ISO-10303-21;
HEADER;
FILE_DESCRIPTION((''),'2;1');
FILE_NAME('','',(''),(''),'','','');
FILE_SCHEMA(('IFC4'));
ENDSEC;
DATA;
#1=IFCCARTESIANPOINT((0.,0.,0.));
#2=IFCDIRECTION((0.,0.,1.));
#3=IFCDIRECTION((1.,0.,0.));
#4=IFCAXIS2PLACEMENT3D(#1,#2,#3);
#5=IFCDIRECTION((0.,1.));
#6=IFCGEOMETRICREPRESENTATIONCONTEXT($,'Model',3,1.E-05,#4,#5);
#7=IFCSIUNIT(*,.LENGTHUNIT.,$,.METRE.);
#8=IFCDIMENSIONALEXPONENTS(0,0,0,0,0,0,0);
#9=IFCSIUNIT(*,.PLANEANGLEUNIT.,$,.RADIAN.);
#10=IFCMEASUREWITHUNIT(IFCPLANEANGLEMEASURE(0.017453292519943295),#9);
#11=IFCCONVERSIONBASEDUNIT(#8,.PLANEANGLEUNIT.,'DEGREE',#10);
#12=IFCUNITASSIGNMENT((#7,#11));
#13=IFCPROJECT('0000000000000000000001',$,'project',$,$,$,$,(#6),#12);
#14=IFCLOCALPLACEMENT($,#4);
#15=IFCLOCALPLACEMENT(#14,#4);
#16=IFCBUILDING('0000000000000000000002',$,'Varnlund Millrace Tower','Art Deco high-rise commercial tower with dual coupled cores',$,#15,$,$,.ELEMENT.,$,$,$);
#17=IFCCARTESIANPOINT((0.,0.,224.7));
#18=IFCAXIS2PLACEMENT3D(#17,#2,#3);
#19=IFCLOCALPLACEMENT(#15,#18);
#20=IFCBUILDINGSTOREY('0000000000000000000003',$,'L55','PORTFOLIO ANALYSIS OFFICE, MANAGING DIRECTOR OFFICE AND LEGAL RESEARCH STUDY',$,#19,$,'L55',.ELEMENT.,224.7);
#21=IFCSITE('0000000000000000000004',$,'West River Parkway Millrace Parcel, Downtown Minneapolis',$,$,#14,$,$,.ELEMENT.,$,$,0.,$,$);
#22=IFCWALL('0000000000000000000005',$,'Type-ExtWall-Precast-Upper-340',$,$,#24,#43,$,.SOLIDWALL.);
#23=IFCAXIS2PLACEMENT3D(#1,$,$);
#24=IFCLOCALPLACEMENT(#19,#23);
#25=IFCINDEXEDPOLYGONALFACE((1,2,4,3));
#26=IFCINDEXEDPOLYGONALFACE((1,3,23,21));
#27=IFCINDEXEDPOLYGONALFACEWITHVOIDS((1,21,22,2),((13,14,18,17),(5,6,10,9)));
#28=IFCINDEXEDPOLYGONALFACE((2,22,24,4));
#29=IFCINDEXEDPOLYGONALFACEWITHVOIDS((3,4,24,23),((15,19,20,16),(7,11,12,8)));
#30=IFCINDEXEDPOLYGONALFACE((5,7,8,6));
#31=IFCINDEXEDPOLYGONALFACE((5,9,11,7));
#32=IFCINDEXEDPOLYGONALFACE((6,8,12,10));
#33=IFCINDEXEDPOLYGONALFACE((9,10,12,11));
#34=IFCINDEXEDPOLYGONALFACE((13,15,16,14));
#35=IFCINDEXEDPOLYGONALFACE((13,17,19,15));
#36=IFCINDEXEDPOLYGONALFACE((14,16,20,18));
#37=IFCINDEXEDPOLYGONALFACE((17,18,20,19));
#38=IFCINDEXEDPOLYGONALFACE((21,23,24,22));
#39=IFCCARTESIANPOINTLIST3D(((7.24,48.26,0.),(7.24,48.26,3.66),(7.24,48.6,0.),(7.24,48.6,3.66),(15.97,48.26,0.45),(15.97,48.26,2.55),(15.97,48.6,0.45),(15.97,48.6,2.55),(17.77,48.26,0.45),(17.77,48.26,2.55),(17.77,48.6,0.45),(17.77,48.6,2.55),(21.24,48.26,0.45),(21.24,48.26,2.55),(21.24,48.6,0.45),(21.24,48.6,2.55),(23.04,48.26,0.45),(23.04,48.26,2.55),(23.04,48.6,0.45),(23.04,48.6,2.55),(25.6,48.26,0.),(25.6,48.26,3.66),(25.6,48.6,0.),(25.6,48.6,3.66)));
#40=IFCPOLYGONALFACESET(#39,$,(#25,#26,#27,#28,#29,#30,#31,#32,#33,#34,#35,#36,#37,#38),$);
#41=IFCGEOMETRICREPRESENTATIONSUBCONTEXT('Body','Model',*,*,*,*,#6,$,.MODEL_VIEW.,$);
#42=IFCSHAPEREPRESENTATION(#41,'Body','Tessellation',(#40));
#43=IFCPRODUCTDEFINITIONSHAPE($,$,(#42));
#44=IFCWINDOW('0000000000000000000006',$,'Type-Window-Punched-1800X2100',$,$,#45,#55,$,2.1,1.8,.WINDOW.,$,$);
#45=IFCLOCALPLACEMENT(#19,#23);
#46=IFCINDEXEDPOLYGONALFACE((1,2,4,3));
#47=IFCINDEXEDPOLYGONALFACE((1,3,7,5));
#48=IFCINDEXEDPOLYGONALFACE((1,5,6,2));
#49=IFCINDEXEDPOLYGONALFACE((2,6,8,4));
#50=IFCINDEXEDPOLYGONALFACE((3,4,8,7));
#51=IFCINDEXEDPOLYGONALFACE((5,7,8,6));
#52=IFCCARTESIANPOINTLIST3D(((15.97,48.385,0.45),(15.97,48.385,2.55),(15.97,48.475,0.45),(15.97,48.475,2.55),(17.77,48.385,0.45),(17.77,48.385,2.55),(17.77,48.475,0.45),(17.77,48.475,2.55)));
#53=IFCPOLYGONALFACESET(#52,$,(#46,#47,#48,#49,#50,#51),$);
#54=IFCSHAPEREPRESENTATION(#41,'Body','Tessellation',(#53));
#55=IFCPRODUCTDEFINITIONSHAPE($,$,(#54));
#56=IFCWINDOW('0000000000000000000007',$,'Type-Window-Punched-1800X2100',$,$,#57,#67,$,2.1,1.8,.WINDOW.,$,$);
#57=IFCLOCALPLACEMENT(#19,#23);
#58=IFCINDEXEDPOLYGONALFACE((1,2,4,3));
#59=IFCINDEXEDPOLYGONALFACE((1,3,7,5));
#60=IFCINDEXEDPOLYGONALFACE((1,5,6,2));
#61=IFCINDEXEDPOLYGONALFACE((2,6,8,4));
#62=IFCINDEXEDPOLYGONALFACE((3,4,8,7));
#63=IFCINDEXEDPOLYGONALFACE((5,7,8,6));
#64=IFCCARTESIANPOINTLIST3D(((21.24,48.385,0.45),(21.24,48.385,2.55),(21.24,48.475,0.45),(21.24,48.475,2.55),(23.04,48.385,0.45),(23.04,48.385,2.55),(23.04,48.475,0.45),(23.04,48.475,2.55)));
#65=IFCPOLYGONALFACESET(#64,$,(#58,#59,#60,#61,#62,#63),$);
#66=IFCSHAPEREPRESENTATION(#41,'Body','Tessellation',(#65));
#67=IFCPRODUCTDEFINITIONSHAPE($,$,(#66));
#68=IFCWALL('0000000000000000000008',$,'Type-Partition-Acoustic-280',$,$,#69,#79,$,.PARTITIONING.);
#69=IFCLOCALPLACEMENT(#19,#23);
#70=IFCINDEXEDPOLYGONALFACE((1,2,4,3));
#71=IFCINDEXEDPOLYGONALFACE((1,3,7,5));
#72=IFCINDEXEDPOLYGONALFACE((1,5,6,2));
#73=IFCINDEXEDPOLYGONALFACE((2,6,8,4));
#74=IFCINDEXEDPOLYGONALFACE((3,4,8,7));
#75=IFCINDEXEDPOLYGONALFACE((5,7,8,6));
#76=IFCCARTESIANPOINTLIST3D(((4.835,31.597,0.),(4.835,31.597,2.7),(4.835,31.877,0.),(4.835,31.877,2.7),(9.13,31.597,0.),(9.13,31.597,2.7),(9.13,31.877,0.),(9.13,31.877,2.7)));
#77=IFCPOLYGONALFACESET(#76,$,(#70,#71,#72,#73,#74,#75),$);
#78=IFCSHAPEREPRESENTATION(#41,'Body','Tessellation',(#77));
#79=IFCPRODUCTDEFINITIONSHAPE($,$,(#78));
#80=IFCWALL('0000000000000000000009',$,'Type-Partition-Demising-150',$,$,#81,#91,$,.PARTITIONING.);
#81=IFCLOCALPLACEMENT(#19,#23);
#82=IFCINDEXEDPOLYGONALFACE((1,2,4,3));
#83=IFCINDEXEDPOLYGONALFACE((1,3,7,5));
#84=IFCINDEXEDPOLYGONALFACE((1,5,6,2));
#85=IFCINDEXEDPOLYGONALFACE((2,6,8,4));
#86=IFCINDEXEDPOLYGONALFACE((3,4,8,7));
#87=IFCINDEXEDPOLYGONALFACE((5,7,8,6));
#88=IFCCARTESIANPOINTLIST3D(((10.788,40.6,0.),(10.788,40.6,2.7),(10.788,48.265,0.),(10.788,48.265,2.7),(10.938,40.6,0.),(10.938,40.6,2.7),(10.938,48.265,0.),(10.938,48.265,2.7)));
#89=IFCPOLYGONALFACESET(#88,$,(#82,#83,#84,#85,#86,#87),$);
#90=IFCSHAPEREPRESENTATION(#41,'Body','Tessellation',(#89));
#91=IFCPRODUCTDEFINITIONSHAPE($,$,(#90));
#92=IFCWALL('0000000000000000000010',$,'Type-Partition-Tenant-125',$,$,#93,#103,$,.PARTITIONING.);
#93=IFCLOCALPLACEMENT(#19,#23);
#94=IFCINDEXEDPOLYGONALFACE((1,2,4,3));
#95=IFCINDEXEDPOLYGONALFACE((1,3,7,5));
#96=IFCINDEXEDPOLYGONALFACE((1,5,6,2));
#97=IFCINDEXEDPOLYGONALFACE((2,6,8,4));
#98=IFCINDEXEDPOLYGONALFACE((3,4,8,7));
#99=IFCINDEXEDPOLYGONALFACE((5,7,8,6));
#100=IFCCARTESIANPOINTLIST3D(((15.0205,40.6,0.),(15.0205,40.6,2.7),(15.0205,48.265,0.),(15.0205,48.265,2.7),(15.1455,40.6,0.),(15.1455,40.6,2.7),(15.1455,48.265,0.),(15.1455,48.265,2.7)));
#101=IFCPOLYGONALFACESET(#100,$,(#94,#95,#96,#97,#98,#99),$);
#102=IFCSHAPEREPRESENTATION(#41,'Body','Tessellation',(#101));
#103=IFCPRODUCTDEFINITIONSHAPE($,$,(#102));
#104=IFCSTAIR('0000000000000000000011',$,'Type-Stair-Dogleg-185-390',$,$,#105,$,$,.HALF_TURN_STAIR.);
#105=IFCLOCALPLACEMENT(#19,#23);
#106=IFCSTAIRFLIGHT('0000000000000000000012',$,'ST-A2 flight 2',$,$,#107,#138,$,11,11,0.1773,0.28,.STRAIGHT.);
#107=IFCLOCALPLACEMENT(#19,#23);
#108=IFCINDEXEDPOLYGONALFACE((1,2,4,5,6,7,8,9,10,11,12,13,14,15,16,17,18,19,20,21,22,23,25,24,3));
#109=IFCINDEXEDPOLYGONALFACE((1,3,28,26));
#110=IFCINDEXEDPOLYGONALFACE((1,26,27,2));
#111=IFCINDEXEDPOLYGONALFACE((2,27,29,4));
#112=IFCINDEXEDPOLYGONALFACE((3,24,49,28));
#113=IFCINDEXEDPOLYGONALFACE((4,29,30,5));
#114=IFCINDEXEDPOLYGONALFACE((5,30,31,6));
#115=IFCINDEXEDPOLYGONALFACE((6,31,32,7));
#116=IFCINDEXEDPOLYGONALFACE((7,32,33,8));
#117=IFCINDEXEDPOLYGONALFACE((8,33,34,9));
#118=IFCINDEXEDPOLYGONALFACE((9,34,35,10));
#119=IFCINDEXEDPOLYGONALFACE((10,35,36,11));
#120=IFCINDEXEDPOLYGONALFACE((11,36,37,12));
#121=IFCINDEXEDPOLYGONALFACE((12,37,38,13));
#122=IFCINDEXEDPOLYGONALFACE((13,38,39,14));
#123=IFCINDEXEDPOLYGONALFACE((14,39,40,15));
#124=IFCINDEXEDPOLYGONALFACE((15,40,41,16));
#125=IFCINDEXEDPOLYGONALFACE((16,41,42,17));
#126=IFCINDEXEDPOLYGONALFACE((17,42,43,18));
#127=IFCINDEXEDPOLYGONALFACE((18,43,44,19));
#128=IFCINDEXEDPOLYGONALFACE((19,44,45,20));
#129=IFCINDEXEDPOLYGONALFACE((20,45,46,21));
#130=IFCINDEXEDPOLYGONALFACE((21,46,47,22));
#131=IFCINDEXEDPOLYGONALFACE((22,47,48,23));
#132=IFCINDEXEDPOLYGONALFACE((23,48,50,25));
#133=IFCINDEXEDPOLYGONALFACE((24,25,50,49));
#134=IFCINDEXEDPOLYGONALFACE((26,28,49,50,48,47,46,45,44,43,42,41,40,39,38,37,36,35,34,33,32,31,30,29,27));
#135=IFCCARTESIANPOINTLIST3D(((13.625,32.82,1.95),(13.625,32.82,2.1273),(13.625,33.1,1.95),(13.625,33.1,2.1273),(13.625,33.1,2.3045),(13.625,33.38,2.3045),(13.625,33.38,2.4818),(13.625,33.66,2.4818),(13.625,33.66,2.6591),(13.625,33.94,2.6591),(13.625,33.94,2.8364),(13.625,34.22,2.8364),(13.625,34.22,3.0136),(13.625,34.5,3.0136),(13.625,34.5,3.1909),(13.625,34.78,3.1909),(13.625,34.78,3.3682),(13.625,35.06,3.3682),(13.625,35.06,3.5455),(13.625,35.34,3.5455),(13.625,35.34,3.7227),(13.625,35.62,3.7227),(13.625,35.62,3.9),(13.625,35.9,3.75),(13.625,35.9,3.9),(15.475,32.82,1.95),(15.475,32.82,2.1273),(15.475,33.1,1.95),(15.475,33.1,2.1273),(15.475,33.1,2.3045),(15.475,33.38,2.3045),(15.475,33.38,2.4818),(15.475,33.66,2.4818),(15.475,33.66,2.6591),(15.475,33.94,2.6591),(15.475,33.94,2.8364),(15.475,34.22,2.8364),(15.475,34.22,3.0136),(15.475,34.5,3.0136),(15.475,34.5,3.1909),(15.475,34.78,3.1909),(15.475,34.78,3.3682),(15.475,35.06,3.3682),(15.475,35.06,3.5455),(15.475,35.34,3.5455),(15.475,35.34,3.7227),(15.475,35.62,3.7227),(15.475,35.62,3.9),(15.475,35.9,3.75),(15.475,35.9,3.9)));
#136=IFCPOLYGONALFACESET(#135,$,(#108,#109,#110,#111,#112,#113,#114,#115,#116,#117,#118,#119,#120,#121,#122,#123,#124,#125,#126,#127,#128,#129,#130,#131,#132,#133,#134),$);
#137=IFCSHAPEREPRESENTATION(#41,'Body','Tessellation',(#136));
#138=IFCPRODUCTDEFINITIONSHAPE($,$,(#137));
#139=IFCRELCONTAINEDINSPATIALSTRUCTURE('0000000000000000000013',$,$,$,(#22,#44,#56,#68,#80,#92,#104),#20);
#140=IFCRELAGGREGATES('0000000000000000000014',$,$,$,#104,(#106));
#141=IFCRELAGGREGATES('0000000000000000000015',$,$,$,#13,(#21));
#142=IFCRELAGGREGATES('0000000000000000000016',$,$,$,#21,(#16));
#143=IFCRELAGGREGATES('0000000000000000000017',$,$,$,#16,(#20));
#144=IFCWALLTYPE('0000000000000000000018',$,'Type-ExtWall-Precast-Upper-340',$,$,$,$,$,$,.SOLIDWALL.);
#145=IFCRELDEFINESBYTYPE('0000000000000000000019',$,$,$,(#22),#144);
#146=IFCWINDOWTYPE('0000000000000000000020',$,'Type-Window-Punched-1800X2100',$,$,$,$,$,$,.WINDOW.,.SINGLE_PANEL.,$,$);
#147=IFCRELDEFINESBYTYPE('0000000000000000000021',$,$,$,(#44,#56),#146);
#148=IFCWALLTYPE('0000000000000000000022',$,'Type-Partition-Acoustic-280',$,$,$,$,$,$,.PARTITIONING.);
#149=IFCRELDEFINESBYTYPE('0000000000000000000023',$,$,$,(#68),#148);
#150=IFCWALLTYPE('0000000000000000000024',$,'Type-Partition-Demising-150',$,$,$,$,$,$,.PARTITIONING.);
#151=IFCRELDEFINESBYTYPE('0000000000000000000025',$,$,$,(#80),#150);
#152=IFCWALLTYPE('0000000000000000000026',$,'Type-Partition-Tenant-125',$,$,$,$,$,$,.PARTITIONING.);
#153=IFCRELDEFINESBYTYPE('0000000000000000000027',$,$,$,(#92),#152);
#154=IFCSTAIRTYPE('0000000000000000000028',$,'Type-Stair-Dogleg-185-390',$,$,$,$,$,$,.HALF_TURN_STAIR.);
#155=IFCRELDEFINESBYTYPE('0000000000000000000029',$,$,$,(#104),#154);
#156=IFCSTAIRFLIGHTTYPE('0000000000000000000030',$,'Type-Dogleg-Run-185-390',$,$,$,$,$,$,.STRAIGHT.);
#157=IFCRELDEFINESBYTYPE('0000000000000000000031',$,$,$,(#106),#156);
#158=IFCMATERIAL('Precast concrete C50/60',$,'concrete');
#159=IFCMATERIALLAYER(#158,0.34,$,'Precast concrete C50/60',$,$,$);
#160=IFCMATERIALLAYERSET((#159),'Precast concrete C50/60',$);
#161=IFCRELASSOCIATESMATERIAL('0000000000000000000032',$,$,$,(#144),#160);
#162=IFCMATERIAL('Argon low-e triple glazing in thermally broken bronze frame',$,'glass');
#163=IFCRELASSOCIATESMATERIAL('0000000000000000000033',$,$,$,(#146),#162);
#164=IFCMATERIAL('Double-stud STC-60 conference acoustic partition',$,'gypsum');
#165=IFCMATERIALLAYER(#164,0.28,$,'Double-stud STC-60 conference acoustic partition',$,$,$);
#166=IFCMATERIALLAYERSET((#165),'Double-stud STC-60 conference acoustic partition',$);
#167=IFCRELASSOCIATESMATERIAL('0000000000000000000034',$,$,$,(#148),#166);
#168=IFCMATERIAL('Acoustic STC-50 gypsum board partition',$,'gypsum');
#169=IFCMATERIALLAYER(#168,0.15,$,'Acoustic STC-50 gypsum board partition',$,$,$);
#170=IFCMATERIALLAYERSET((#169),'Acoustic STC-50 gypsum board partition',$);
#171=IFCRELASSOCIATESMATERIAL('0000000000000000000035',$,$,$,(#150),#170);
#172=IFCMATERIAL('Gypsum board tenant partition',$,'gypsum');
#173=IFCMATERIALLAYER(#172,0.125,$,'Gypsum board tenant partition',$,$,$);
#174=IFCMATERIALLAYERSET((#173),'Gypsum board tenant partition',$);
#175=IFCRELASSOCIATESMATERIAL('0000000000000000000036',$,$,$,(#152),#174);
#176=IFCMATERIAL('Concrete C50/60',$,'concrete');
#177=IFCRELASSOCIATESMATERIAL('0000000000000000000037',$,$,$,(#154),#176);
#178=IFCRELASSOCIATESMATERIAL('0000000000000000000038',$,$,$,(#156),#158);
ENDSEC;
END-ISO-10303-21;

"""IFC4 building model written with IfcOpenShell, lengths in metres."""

from ifc_helpers import new_model, entity, si_unit, converted_unit, direction, frame, origin_with_axes, origin_2d_with_axis, place, context, subcontext, project, spatial, polyline, rectangle, outline, extrude, material, layer, layer_set, type_object, element, fill, aggregate, save


model = new_model("IFC4")

# Units and contexts
model_context = context("Model", 3, precision=1e-05, world=origin_with_axes(), true_north=direction((0.0, 1.0)))
body_context = subcontext(model_context, "Body", "Model", "MODEL_VIEW")
ifc_project = project(units=[si_unit("LENGTHUNIT", "METRE"), converted_unit("PLANEANGLEUNIT", "DEGREE", entity("IfcPlaneAngleMeasure", 0.017453292519943295), si_unit("PLANEANGLEUNIT", "RADIAN"), dimensions=[0, 0, 0, 0, 0, 0, 0])], contexts=[model_context])

# Site, building, storey
site_placement = place(None, origin_with_axes())
site = spatial("IfcSite", under=ifc_project, at=site_placement, Name="West River Parkway Millrace Parcel, Downtown Minneapolis", CompositionType="ELEMENT", RefElevation=0.0)
building_placement = place(site_placement, origin_with_axes())
building = spatial("IfcBuilding", under=site, at=building_placement, Name="Varnlund Millrace Tower", Description="Art Deco high-rise commercial tower with dual coupled cores", CompositionType="ELEMENT")
storey_placement = place(building_placement, frame((0.0, 0.0, 224.7), z_axis=(0.0, 0.0, 1.0), x_axis=(1.0, 0.0, 0.0)))
storey = spatial("IfcBuildingStorey", under=building, at=storey_placement, Name="L55", Description="PORTFOLIO ANALYSIS OFFICE, MANAGING DIRECTOR OFFICE AND LEGAL RESEARCH STUDY", LongName="L55", CompositionType="ELEMENT", Elevation=224.7)

# Shared definitions
ifc_material_1 = material(Name="Precast concrete C50/60", Category="concrete")
ifc_layer_1 = layer(ifc_material_1, 0.34, Name="Precast concrete C50/60")
ifc_layer_set_1 = layer_set([ifc_layer_1], Name="Precast concrete C50/60")
wall_type_1 = type_object("IfcWallType", Name="Type-ExtWall-Precast-Upper-340", PredefinedType="SOLIDWALL", material=ifc_layer_set_1)

# Wall, openings, windows
wall_1_placement = place(storey_placement, frame((7.24, 48.43, 0.0), z_axis=(0.0, 0.0, 1.0), x_axis=(1.0, 0.0, 0.0)))
wall_1 = element("IfcWall", 1, at=wall_1_placement, inside=storey, type_object=wall_type_1, Name="Type-ExtWall-Precast-Upper-340", PredefinedType="SOLIDWALL", context=body_context, shape_type="SweptSolid", body=[
    extrude(outline(polyline([(0.0, -0.17), (18.36, -0.17), (18.36, 0.17), (0.0, 0.17), (0.0, -0.17)])), origin_with_axes(), (0.0, 0.0, 1.0), 3.66),
])
opening_1_placement = place(wall_1_placement, frame((9.63, 0.0, 0.45), z_axis=(0.0, 0.0, 1.0), x_axis=(1.0, 0.0, 0.0)))
opening_1 = element("IfcOpeningElement", 2, at=opening_1_placement, cuts=wall_1, PredefinedType="OPENING", context=body_context, shape_type="SweptSolid", body=[
    extrude(rectangle(XDim=1.8, YDim=0.36, at=origin_2d_with_axis()), origin_with_axes(), (0.0, 0.0, 1.0), 2.1),
])
opening_2_placement = place(wall_1_placement, frame((14.9, 0.0, 0.45), z_axis=(0.0, 0.0, 1.0), x_axis=(1.0, 0.0, 0.0)))
opening_2 = element("IfcOpeningElement", 3, at=opening_2_placement, cuts=wall_1, PredefinedType="OPENING", context=body_context, shape_type="SweptSolid", body=[
    extrude(rectangle(XDim=1.8, YDim=0.36, at=origin_2d_with_axis()), origin_with_axes(), (0.0, 0.0, 1.0), 2.1),
])
ifc_material_2 = material(Name="Argon low-e triple glazing in thermally broken bronze frame", Category="glass")
window_type = type_object("IfcWindowType", Name="Type-Window-Punched-1800X2100", PartitioningType="SINGLE_PANEL", PredefinedType="WINDOW", material=ifc_material_2)
window_1_placement = place(wall_1_placement, frame((9.63, 0.0, 0.45), z_axis=(0.0, 0.0, 1.0), x_axis=(1.0, 0.0, 0.0)))
window_1 = element("IfcWindow", 4, at=window_1_placement, inside=storey, type_object=window_type, Name="Type-Window-Punched-1800X2100", OverallHeight=2.1, OverallWidth=1.8, PredefinedType="WINDOW", context=body_context, shape_type="SweptSolid", body=[
    extrude(rectangle(XDim=1.8, YDim=0.09, at=origin_2d_with_axis()), origin_with_axes(), (0.0, 0.0, 1.0), 2.1),
])
fill(opening_1, window_1)
window_2_placement = place(wall_1_placement, frame((14.9, 0.0, 0.45), z_axis=(0.0, 0.0, 1.0), x_axis=(1.0, 0.0, 0.0)))
window_2 = element("IfcWindow", 5, at=window_2_placement, inside=storey, type_object=window_type, Name="Type-Window-Punched-1800X2100", OverallHeight=2.1, OverallWidth=1.8, PredefinedType="WINDOW", context=body_context, shape_type="SweptSolid", body=[
    extrude(rectangle(XDim=1.8, YDim=0.09, at=origin_2d_with_axis()), origin_with_axes(), (0.0, 0.0, 1.0), 2.1),
])
fill(opening_2, window_2)

# Walls
ifc_material_3 = material(Name="Double-stud STC-60 conference acoustic partition", Category="gypsum")
ifc_layer_2 = layer(ifc_material_3, 0.28, Name="Double-stud STC-60 conference acoustic partition")
ifc_layer_set_2 = layer_set([ifc_layer_2], Name="Double-stud STC-60 conference acoustic partition")
wall_type_2 = type_object("IfcWallType", Name="Type-Partition-Acoustic-280", PredefinedType="PARTITIONING", material=ifc_layer_set_2)
wall_2_placement = place(storey_placement, frame((4.835, 31.737, 0.0), z_axis=(0.0, 0.0, 1.0), x_axis=(1.0, 0.0, 0.0)))
element("IfcWall", 6, at=wall_2_placement, inside=storey, type_object=wall_type_2, Name="Type-Partition-Acoustic-280", PredefinedType="PARTITIONING", context=body_context, shape_type="SweptSolid", body=[
    extrude(outline(polyline([(0.0, -0.14), (4.295, -0.14), (4.295, 0.14), (0.0, 0.14), (0.0, -0.14)])), origin_with_axes(), (0.0, 0.0, 1.0), 2.7),
])
ifc_material_4 = material(Name="Acoustic STC-50 gypsum board partition", Category="gypsum")
ifc_layer_3 = layer(ifc_material_4, 0.15, Name="Acoustic STC-50 gypsum board partition")
ifc_layer_set_3 = layer_set([ifc_layer_3], Name="Acoustic STC-50 gypsum board partition")
wall_type_3 = type_object("IfcWallType", Name="Type-Partition-Demising-150", PredefinedType="PARTITIONING", material=ifc_layer_set_3)
wall_3_placement = place(storey_placement, frame((10.863, 40.6, 0.0), z_axis=(0.0, 0.0, 1.0), x_axis=(0.0, 1.0, 0.0)))
element("IfcWall", 7, at=wall_3_placement, inside=storey, type_object=wall_type_3, Name="Type-Partition-Demising-150", PredefinedType="PARTITIONING", context=body_context, shape_type="SweptSolid", body=[
    extrude(outline(polyline([(0.0, -0.075), (7.665, -0.075), (7.665, 0.075), (0.0, 0.075), (0.0, -0.075)])), origin_with_axes(), (0.0, 0.0, 1.0), 2.7),
])
ifc_material_5 = material(Name="Gypsum board tenant partition", Category="gypsum")
ifc_layer_4 = layer(ifc_material_5, 0.125, Name="Gypsum board tenant partition")
ifc_layer_set_4 = layer_set([ifc_layer_4], Name="Gypsum board tenant partition")
wall_type_4 = type_object("IfcWallType", Name="Type-Partition-Tenant-125", PredefinedType="PARTITIONING", material=ifc_layer_set_4)
wall_4_placement = place(storey_placement, frame((15.083, 40.6, 0.0), z_axis=(0.0, 0.0, 1.0), x_axis=(0.0, 1.0, 0.0)))
element("IfcWall", 8, at=wall_4_placement, inside=storey, type_object=wall_type_4, Name="Type-Partition-Tenant-125", PredefinedType="PARTITIONING", context=body_context, shape_type="SweptSolid", body=[
    extrude(outline(polyline([(0.0, -0.0625), (7.665, -0.0625), (7.665, 0.0625), (0.0, 0.0625), (0.0, -0.0625)])), origin_with_axes(), (0.0, 0.0, 1.0), 2.7),
])

# Stair, stair flight
ifc_material_6 = material(Name="Concrete C50/60", Category="concrete")
stair_type = type_object("IfcStairType", Name="Type-Stair-Dogleg-185-390", PredefinedType="HALF_TURN_STAIR", material=ifc_material_6)
stair_placement = place(storey_placement, origin_with_axes())
stair = element("IfcStair", 9, at=stair_placement, inside=storey, type_object=stair_type, Name="Type-Stair-Dogleg-185-390", PredefinedType="HALF_TURN_STAIR")
stair_flight_type = type_object("IfcStairFlightType", Name="Type-Dogleg-Run-185-390", PredefinedType="STRAIGHT", material=ifc_material_1)
stair_flight_placement = place(storey_placement, frame((13.625, 32.82, 1.95), z_axis=(1.0, 0.0, 0.0), x_axis=(0.0, 1.0, 0.0)))
stair_flight = element("IfcStairFlight", 10, at=stair_flight_placement, type_object=stair_flight_type, Name="ST-A2 flight 2", NumberOfRisers=11, NumberOfTreads=11, PredefinedType="STRAIGHT", RiserHeight=0.1773, TreadLength=0.28, context=body_context, shape_type="SweptSolid", body=[
    extrude(outline(polyline([(0.0, 0.0), (0.0, 0.1773), (0.28, 0.1773), (0.28, 0.3545), (0.56, 0.3545), (0.56, 0.5318), (0.84, 0.5318), (0.84, 0.7091), (1.12, 0.7091), (1.12, 0.8864), (1.4, 0.8864), (1.4, 1.0636), (1.68, 1.0636), (1.68, 1.2409), (1.96, 1.2409), (1.96, 1.4182), (2.24, 1.4182), (2.24, 1.5955), (2.52, 1.5955), (2.52, 1.7727), (2.8, 1.7727), (2.8, 1.95), (3.08, 1.95), (3.08, 1.8), (0.28, 0.0), (0.0, 0.0)])), origin_with_axes(), (0.0, 0.0, 1.0), 1.85),
])
aggregate(stair, [stair_flight])

save(model, "model.ifc")
